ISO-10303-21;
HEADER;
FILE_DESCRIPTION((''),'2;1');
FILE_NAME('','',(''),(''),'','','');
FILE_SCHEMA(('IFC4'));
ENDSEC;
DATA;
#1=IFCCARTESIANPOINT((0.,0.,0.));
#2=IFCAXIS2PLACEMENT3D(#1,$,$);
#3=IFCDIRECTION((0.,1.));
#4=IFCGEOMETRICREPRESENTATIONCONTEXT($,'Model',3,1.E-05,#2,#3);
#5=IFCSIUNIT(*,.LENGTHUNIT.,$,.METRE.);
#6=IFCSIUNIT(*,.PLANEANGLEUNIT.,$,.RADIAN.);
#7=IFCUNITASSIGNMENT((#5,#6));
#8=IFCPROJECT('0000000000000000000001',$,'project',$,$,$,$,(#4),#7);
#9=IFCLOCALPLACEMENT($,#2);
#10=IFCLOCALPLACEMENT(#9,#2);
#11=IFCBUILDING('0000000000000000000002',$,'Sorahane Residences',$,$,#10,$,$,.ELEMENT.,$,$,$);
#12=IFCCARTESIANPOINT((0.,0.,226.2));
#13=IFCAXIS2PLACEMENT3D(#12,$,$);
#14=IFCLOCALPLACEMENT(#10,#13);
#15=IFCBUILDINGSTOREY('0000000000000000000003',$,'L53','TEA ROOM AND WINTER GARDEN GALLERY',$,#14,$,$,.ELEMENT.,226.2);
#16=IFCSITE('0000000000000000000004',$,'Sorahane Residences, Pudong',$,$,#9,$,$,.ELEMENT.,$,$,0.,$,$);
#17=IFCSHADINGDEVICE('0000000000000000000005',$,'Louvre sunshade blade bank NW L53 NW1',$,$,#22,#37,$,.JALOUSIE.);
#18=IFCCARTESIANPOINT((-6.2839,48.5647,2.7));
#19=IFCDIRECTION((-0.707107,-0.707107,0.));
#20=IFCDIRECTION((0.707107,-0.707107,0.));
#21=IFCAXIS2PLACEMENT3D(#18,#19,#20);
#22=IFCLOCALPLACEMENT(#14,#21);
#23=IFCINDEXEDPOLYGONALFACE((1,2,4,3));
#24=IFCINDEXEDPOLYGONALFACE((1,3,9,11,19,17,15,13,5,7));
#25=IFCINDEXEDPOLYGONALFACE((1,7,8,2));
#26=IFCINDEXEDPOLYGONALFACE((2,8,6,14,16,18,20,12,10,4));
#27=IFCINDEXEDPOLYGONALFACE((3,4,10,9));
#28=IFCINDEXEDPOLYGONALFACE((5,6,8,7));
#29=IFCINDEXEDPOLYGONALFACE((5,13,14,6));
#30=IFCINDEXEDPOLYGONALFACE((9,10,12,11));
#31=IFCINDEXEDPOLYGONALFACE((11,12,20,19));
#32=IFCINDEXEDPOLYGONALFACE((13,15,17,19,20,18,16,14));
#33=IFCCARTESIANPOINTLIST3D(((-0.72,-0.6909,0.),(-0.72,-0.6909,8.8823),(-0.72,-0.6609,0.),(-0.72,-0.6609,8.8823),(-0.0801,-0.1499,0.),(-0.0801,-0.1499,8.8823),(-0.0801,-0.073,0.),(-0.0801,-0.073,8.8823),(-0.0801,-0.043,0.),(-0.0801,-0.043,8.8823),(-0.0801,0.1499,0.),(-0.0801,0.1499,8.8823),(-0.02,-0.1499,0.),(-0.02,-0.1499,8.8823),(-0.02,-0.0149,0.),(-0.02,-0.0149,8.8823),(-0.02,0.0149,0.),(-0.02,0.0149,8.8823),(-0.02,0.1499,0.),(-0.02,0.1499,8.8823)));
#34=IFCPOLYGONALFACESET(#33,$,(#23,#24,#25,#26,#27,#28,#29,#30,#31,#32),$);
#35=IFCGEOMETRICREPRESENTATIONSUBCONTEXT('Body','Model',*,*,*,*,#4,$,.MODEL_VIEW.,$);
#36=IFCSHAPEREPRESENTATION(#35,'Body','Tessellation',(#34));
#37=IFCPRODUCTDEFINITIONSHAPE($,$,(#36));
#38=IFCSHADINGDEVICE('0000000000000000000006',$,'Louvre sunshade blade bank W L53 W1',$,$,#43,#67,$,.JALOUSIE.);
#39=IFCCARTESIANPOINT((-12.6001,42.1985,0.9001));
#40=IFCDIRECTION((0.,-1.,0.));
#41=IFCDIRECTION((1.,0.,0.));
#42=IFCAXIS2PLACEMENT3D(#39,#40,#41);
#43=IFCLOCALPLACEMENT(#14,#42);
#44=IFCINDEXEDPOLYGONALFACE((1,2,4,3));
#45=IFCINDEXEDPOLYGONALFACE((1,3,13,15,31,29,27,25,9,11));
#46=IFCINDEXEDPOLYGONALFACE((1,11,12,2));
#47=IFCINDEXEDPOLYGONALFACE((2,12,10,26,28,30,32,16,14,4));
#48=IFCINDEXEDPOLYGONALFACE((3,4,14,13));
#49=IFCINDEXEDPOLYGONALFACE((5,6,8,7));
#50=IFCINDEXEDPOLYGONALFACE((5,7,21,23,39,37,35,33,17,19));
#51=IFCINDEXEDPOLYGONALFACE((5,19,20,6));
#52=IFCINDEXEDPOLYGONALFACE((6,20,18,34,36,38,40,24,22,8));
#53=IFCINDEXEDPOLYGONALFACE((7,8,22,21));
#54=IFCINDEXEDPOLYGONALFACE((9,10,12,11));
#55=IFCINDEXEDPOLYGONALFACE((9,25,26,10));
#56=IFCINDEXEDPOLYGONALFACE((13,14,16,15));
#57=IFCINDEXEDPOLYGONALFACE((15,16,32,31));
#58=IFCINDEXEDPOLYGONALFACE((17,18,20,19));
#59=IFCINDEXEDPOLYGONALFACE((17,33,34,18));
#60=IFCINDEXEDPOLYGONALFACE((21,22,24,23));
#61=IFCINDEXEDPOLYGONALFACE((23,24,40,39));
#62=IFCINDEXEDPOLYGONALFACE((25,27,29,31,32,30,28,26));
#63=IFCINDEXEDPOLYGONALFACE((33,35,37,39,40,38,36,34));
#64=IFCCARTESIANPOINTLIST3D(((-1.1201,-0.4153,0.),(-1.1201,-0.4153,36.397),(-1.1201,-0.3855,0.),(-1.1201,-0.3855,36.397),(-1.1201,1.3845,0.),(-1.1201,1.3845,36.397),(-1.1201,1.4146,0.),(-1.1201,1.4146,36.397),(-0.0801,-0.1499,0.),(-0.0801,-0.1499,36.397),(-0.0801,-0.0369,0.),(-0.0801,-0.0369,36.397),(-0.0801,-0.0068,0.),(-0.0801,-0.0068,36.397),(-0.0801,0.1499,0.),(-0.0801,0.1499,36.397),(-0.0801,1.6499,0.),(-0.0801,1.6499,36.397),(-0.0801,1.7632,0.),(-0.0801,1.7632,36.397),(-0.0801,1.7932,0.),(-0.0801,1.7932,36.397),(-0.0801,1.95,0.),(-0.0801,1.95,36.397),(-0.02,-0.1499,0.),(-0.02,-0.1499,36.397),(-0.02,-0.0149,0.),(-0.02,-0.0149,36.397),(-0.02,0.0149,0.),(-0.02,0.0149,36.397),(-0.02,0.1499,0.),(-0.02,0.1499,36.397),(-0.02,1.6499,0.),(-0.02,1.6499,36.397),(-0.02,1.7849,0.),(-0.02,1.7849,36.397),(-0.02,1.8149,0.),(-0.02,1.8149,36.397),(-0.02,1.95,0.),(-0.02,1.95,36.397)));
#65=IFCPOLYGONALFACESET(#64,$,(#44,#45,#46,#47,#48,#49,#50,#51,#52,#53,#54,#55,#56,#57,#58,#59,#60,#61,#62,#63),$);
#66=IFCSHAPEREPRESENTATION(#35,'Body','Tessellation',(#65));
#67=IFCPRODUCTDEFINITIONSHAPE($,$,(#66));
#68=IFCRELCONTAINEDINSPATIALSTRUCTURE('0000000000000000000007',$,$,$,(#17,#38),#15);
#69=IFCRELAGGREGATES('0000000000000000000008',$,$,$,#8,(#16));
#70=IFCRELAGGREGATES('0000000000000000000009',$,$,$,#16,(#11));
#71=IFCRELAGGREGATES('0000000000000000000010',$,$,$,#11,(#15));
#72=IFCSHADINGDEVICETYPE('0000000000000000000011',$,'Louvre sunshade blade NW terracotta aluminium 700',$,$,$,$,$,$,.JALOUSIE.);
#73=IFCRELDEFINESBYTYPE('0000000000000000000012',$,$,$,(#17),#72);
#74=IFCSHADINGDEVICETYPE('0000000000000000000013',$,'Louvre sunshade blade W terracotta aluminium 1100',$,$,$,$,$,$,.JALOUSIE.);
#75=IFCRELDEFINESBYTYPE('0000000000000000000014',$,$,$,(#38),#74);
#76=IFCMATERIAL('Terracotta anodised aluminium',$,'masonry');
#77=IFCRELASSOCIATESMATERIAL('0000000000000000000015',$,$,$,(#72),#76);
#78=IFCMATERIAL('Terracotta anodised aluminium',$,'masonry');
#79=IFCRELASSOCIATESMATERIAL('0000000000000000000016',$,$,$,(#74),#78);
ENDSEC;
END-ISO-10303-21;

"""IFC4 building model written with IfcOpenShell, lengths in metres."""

from ifc_helpers import new_model, si_unit, direction, frame, origin, place, context, subcontext, project, spatial, polyline, outline, composite_profile, extrude, material, type_object, element, save


model = new_model("IFC4")

# Units and contexts
model_context = context("Model", 3, precision=1e-05, world=origin(), true_north=direction((0.0, 1.0)))
body_context = subcontext(model_context, "Body", "Model", "MODEL_VIEW")
ifc_project = project(units=[si_unit("LENGTHUNIT", "METRE"), si_unit("PLANEANGLEUNIT", "RADIAN")], contexts=[model_context])

# Site, building, storey
site_placement = place(None, origin())
site = spatial("IfcSite", under=ifc_project, at=site_placement, Name="Sorahane Residences, Pudong", CompositionType="ELEMENT", RefElevation=0.0)
building_placement = place(site_placement, origin())
building = spatial("IfcBuilding", under=site, at=building_placement, Name="Sorahane Residences", CompositionType="ELEMENT")
storey_placement = place(building_placement, frame((0.0, 0.0, 226.2)))
storey = spatial("IfcBuildingStorey", under=building, at=storey_placement, Name="L53", Description="TEA ROOM AND WINTER GARDEN GALLERY", CompositionType="ELEMENT", Elevation=226.2)

# Shading devices
ifc_material_1 = material(Name="Terracotta anodised aluminium", Category="masonry")
shading_device_type_1 = type_object("IfcShadingDeviceType", Name="Louvre sunshade blade NW terracotta aluminium 700", PredefinedType="JALOUSIE", material=ifc_material_1)
shading_device_1_placement = place(storey_placement, frame((-6.2839, 48.5647, 2.7), z_axis=(-0.707107, -0.707107, 0.0), x_axis=(0.707107, -0.707107, 0.0)))
element("IfcShadingDevice", 1, at=shading_device_1_placement, inside=storey, type_object=shading_device_type_1, Name="Louvre sunshade blade bank NW L53 NW1", PredefinedType="JALOUSIE", context=body_context, shape_type="SweptSolid", body=[
    extrude(outline(polyline([(-0.72, -0.6609), (-0.72, -0.6909), (-0.0801, -0.073), (-0.0801, -0.1499), (-0.02, -0.1499), (-0.02, -0.0149), (-0.02, 0.0149), (-0.02, 0.1499), (-0.0801, 0.1499), (-0.0801, -0.043), (-0.72, -0.6609)])), origin(), (0.0, 0.0, 1.0), 8.8823),
])
ifc_material_2 = material(Name="Terracotta anodised aluminium", Category="masonry")
shading_device_type_2 = type_object("IfcShadingDeviceType", Name="Louvre sunshade blade W terracotta aluminium 1100", PredefinedType="JALOUSIE", material=ifc_material_2)
shading_device_2_placement = place(storey_placement, frame((-12.6001, 42.1985, 0.9001), z_axis=(0.0, -1.0, 0.0), x_axis=(1.0, 0.0, 0.0)))
element("IfcShadingDevice", 2, at=shading_device_2_placement, inside=storey, type_object=shading_device_type_2, Name="Louvre sunshade blade bank W L53 W1", PredefinedType="JALOUSIE", context=body_context, shape_type="SweptSolid", body=[
    extrude(composite_profile([outline(polyline([(-1.1201, -0.3855), (-1.1201, -0.4153), (-0.0801, -0.0369), (-0.0801, -0.1499), (-0.02, -0.1499), (-0.02, -0.0149), (-0.02, 0.0149), (-0.02, 0.1499), (-0.0801, 0.1499), (-0.0801, -0.0068), (-1.1201, -0.3855)])), outline(polyline([(-1.1201, 1.4146), (-1.1201, 1.3845), (-0.0801, 1.7632), (-0.0801, 1.6499), (-0.02, 1.6499), (-0.02, 1.7849), (-0.02, 1.8149), (-0.02, 1.95), (-0.0801, 1.95), (-0.0801, 1.7932), (-1.1201, 1.4146)]))]), origin(), (0.0, 0.0, 1.0), 36.397),
])

save(model, "model.ifc")
